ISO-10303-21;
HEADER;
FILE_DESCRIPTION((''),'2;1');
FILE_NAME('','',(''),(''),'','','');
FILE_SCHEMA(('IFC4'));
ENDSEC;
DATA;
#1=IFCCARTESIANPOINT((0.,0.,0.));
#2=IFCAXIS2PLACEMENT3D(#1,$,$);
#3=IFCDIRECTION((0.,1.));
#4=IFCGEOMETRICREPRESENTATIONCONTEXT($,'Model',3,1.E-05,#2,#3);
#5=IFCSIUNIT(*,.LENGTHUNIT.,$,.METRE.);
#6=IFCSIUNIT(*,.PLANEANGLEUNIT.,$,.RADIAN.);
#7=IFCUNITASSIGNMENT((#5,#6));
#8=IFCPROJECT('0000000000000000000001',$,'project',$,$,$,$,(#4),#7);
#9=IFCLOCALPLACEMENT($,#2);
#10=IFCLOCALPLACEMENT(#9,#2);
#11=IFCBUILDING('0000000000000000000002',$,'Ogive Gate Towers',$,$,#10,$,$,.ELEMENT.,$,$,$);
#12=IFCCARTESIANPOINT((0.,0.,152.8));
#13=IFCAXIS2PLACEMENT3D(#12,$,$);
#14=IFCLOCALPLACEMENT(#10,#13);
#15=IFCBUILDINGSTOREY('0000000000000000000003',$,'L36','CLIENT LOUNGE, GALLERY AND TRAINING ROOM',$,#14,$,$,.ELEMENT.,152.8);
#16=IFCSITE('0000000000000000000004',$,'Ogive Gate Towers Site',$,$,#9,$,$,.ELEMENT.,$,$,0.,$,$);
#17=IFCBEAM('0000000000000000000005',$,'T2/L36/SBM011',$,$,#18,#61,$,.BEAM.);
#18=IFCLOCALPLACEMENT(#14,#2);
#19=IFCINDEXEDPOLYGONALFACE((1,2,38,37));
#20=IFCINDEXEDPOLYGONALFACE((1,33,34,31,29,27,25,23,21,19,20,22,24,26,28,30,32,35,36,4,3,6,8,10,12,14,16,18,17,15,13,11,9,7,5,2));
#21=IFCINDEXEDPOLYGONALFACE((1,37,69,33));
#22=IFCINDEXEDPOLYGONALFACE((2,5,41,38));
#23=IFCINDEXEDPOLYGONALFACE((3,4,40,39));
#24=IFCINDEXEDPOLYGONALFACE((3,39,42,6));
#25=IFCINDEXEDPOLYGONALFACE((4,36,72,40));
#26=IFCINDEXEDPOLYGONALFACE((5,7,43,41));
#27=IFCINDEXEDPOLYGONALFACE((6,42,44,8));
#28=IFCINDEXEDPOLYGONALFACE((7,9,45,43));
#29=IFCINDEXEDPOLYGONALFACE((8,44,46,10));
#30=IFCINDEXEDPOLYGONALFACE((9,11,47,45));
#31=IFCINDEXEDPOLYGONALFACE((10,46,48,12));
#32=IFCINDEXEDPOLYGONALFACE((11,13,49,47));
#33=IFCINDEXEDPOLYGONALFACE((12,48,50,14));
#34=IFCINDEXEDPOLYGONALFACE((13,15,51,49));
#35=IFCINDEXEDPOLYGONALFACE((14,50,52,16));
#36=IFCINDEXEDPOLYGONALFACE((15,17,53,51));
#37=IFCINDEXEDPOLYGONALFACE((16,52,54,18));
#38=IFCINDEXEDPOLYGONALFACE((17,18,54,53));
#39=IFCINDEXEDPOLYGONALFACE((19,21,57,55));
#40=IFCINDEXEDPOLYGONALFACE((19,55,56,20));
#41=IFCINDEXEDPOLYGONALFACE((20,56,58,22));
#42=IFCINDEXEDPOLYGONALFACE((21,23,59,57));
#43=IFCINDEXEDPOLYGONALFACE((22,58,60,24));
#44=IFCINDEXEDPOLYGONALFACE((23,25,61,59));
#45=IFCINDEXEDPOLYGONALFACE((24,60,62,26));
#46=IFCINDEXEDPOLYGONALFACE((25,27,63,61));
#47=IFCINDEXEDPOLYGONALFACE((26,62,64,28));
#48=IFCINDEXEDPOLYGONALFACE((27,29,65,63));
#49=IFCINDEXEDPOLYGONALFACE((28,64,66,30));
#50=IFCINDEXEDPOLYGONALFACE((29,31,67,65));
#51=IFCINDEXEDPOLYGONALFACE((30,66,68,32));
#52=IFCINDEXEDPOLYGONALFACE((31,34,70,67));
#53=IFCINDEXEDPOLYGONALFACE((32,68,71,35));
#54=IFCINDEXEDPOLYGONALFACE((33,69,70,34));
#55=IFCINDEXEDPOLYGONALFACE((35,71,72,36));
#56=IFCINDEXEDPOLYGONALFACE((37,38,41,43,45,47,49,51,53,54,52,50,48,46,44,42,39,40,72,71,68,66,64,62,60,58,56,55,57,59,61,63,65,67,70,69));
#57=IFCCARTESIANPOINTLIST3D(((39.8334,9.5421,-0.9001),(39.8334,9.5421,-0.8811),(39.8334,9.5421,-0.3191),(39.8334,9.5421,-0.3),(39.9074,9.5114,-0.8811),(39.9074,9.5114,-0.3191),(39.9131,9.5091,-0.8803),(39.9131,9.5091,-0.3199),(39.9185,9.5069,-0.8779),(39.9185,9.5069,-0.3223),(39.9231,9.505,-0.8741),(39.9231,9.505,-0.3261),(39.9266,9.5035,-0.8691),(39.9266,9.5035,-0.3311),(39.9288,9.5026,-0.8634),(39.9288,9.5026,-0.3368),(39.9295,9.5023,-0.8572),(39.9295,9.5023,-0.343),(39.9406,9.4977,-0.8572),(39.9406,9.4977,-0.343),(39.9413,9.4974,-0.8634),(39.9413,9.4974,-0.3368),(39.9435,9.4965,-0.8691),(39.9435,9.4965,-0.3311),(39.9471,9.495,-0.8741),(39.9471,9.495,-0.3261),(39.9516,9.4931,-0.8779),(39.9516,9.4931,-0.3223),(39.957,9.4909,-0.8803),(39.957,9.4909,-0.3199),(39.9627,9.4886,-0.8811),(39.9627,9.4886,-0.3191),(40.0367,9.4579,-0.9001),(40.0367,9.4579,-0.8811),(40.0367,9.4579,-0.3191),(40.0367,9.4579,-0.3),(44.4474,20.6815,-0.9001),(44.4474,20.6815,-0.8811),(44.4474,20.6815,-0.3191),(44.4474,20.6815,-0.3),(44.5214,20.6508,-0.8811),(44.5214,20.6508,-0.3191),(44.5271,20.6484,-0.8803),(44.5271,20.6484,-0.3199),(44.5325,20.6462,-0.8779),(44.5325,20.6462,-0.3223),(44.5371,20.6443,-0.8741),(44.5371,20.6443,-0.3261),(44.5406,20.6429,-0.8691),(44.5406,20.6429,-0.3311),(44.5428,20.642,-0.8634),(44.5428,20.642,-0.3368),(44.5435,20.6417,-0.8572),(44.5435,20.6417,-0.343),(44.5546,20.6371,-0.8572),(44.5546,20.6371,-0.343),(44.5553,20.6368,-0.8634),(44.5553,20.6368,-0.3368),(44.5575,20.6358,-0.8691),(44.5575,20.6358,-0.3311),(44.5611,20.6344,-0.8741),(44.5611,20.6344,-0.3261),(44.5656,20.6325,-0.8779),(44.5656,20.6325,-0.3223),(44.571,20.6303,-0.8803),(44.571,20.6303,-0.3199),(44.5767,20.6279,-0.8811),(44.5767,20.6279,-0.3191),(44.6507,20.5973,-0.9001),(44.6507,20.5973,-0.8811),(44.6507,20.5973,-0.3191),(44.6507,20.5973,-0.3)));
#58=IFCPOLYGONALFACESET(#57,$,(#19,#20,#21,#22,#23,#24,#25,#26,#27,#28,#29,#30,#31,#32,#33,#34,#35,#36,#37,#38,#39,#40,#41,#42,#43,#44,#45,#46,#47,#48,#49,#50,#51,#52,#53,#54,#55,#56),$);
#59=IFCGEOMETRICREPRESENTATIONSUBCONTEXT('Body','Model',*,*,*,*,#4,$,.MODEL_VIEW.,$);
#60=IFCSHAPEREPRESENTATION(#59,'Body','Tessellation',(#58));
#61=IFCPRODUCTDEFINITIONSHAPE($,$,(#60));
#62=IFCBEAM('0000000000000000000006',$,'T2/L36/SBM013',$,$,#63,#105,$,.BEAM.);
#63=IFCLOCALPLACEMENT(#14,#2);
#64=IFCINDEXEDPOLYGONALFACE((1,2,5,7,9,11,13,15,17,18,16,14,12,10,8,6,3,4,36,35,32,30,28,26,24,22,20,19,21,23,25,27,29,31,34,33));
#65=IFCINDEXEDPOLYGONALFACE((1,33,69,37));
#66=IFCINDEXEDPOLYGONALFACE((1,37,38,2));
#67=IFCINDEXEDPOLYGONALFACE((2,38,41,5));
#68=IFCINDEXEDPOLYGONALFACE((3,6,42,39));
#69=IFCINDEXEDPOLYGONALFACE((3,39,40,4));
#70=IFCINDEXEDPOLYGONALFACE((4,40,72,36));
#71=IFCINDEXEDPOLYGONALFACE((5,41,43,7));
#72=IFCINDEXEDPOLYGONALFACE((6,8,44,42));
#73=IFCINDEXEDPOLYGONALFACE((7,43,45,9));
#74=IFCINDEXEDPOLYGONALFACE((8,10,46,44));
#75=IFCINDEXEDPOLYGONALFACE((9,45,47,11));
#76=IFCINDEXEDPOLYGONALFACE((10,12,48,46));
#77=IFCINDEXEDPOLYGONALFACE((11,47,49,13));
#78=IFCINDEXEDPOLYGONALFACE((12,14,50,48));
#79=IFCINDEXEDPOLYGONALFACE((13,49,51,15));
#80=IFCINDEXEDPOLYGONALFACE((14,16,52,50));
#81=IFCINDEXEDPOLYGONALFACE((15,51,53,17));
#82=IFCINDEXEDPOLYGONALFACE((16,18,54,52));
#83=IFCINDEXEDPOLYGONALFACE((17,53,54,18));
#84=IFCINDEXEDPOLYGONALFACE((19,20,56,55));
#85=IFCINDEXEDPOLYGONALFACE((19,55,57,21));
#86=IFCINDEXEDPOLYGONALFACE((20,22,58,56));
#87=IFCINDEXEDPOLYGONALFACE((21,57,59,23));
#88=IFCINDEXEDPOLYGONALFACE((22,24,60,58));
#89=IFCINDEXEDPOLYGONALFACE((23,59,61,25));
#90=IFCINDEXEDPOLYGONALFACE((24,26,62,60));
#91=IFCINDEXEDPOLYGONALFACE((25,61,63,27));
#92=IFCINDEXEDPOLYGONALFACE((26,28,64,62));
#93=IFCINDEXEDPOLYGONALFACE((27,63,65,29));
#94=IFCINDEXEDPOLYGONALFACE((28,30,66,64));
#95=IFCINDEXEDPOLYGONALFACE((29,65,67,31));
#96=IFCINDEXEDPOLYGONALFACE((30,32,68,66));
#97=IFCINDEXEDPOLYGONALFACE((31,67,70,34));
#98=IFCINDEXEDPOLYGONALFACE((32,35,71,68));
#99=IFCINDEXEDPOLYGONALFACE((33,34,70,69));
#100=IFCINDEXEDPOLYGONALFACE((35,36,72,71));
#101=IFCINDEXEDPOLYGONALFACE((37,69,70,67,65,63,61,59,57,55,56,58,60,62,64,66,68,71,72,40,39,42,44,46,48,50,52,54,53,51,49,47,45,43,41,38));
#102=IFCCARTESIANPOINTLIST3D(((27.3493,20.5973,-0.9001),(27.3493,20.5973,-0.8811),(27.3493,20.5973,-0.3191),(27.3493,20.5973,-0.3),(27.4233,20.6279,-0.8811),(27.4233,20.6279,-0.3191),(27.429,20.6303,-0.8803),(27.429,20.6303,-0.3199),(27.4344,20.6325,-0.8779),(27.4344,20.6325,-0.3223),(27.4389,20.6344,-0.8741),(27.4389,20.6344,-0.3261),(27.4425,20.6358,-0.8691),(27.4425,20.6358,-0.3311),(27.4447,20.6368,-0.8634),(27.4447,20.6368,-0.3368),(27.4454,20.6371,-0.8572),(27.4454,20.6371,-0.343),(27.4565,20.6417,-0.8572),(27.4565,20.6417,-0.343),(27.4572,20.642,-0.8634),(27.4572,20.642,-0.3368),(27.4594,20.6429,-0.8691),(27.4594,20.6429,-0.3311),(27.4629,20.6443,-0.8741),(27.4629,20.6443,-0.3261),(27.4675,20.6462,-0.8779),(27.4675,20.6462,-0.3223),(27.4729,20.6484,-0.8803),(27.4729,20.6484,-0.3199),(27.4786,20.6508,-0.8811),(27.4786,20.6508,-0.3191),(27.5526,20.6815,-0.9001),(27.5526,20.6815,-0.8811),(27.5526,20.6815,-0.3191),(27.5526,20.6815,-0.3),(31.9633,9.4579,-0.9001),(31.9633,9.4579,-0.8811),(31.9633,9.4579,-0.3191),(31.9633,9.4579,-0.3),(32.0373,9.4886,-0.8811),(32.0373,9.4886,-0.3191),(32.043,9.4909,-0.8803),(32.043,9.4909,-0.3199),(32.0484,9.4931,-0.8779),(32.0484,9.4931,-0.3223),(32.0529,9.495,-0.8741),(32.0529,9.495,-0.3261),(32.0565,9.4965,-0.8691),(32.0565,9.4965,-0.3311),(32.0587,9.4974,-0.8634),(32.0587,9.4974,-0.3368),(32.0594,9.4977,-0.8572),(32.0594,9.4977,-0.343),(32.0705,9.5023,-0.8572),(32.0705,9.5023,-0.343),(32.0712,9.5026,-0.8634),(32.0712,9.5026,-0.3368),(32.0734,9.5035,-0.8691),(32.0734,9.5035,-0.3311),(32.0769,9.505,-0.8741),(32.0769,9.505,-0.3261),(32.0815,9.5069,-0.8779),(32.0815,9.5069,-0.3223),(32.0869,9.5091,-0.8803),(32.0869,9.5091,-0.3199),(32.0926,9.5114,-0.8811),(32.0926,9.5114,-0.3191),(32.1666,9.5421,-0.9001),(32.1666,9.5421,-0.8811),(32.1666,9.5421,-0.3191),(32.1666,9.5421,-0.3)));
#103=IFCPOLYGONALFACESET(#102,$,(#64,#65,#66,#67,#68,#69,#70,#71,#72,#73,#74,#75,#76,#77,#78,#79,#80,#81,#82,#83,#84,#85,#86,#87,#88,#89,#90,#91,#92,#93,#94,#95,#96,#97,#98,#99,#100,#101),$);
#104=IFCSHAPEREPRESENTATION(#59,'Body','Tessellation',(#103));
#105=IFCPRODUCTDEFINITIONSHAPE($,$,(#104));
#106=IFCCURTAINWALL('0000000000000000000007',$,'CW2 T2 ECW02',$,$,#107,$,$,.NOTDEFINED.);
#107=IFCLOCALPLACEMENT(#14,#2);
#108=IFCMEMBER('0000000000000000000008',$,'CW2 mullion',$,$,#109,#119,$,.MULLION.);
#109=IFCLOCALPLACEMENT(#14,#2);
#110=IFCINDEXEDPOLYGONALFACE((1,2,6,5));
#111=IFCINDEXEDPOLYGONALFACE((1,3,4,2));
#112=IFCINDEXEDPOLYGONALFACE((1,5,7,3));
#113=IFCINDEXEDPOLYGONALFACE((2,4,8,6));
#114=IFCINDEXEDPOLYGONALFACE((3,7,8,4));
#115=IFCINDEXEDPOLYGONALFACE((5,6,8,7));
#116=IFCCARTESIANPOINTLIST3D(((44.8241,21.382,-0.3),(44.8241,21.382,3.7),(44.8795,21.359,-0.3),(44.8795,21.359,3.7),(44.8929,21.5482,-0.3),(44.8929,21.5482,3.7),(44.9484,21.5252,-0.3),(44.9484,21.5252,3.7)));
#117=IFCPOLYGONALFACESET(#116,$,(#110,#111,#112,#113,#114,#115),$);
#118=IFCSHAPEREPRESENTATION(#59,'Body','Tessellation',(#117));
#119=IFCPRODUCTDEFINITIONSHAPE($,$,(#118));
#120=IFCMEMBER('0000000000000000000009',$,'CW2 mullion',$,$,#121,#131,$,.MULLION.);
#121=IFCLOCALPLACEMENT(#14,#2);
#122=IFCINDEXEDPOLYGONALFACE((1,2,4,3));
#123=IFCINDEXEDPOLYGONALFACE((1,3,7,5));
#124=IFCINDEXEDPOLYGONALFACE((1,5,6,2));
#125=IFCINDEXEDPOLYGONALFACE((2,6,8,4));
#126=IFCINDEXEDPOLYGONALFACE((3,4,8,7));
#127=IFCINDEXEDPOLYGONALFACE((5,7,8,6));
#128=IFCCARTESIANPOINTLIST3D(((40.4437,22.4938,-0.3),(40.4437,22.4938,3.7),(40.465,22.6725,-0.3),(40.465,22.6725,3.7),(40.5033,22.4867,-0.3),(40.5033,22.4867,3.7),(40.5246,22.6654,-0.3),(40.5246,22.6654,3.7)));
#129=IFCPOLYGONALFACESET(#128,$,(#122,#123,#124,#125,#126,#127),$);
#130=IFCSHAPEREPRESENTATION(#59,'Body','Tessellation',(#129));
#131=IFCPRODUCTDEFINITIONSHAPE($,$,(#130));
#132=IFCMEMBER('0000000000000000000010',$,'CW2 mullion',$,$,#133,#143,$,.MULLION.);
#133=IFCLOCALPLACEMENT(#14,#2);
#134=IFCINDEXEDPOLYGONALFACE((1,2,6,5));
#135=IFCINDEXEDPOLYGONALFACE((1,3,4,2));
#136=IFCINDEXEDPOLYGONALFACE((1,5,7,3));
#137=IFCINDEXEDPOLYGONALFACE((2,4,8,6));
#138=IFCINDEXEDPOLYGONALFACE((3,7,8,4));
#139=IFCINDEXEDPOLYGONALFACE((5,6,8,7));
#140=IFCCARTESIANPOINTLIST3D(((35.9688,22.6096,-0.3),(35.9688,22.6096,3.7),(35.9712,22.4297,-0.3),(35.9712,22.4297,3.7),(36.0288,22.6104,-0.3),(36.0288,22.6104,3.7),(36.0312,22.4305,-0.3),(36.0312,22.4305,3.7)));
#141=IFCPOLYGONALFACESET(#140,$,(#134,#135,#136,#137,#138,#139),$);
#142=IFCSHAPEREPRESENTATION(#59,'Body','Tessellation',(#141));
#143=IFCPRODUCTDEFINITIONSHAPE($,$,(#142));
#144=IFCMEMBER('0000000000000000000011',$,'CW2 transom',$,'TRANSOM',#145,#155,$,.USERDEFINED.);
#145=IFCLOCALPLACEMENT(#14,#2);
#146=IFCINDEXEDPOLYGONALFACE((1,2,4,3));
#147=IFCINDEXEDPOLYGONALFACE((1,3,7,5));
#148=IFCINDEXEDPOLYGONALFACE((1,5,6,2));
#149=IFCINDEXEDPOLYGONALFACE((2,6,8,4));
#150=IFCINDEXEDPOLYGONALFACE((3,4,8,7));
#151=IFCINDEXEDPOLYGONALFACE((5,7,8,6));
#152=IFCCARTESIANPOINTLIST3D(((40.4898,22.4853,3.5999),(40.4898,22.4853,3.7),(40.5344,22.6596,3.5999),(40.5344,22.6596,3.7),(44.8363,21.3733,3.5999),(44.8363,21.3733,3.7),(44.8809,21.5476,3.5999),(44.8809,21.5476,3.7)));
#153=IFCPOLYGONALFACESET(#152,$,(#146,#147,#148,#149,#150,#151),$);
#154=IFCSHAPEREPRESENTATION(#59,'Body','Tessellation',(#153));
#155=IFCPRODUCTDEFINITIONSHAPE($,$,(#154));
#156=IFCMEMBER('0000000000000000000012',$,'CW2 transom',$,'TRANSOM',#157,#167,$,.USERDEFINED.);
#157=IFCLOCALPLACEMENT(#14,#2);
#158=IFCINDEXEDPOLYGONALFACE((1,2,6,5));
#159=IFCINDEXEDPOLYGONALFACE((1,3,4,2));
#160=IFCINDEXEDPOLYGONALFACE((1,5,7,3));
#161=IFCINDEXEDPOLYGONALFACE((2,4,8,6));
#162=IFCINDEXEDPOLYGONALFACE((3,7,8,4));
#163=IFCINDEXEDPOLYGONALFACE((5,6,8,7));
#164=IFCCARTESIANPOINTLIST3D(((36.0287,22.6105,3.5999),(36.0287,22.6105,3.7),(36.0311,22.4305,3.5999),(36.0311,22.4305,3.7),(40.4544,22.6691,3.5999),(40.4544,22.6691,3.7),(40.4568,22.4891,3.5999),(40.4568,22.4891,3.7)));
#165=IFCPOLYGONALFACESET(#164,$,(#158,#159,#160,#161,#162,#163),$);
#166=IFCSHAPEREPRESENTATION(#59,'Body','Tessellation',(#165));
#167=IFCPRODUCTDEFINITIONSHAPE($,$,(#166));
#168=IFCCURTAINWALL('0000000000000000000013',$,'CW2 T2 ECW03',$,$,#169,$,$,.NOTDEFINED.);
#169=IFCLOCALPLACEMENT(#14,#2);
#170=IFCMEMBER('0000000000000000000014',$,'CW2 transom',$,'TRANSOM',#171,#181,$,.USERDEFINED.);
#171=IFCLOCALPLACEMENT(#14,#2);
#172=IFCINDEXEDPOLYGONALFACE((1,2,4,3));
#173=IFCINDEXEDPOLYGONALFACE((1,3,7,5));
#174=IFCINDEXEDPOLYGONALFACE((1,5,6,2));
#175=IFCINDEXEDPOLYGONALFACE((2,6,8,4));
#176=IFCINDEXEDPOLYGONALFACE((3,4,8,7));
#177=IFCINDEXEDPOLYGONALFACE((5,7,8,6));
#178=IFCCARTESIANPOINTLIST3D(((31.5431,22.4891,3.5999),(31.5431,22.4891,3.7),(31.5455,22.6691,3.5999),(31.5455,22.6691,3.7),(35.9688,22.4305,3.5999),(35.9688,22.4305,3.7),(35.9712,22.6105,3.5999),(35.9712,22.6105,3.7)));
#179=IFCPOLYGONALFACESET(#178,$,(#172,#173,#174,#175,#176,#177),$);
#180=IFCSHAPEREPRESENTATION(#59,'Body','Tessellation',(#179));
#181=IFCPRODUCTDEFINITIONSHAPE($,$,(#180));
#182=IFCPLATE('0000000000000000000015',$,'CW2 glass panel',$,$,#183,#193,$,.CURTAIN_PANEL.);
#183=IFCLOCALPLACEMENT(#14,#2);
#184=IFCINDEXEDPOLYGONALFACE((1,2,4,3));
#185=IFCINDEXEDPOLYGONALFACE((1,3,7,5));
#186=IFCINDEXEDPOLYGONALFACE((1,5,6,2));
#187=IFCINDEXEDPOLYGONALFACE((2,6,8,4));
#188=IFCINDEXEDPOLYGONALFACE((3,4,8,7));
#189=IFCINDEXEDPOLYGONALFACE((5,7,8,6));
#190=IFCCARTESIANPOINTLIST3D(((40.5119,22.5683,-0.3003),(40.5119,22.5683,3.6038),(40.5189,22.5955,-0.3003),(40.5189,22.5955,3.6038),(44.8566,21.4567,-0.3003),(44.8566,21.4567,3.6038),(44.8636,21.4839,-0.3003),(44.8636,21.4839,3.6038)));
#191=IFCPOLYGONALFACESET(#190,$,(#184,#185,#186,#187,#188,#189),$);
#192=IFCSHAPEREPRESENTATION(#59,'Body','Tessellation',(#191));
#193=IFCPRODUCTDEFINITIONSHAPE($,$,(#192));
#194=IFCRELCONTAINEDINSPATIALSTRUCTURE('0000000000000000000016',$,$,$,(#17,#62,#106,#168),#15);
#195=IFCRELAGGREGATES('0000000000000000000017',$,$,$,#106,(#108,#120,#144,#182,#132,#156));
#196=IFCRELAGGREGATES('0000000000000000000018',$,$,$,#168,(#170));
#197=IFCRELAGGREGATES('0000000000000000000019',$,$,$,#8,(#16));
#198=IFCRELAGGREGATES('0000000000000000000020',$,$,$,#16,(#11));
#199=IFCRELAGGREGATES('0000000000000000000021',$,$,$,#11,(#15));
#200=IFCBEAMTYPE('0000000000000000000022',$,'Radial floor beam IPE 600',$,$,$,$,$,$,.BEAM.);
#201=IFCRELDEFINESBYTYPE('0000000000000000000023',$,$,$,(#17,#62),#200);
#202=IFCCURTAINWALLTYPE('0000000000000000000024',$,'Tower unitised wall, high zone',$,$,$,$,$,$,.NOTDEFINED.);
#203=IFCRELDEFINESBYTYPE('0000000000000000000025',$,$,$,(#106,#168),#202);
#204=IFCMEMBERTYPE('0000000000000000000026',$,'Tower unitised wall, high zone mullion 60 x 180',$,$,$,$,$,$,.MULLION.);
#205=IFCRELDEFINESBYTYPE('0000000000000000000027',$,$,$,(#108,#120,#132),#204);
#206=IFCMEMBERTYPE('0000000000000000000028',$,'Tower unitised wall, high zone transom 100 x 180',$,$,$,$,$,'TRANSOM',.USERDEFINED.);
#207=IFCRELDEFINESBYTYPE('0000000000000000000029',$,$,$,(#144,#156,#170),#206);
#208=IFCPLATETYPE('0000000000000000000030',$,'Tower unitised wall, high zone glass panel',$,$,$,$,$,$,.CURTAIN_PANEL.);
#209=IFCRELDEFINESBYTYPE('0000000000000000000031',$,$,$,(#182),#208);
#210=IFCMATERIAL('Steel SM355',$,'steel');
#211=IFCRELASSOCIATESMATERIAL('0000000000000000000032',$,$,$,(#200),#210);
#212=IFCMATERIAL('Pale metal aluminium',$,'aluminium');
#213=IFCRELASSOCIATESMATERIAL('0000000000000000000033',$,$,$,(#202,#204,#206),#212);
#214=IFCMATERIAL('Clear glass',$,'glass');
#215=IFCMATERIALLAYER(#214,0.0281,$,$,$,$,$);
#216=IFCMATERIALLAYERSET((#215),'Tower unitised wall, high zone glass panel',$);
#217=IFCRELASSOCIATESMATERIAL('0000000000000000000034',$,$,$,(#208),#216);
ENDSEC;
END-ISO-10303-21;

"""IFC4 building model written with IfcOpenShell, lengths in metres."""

from ifc_helpers import new_model, si_unit, direction, frame, origin, origin_2d, place, context, subcontext, project, spatial, rectangle, i_section, extrude, material, layer, layer_set, material_profile, profile_set, type_object, element, aggregate, save


model = new_model("IFC4")

# Units and contexts
model_context = context("Model", 3, precision=1e-05, world=origin(), true_north=direction((0.0, 1.0)))
body_context = subcontext(model_context, "Body", "Model", "MODEL_VIEW")
ifc_project = project(units=[si_unit("LENGTHUNIT", "METRE"), si_unit("PLANEANGLEUNIT", "RADIAN")], contexts=[model_context])

# Site, building, storey
site_placement = place(None, origin())
site = spatial("IfcSite", under=ifc_project, at=site_placement, Name="Ogive Gate Towers Site", CompositionType="ELEMENT", RefElevation=0.0)
building_placement = place(site_placement, origin())
building = spatial("IfcBuilding", under=site, at=building_placement, Name="Ogive Gate Towers", CompositionType="ELEMENT")
storey_placement = place(building_placement, frame((0.0, 0.0, 152.8)))
storey = spatial("IfcBuildingStorey", under=building, at=storey_placement, Name="L36", Description="CLIENT LOUNGE, GALLERY AND TRAINING ROOM", CompositionType="ELEMENT", Elevation=152.8)

# Beams
ifc_material_1 = material(Name="Steel SM355", Category="steel")
ifc_material_profile_1 = material_profile(ifc_material_1, i_section(OverallWidth=0.22, OverallDepth=0.6001, WebThickness=0.012, FlangeThickness=0.019, FilletRadius=0.0239, at=origin_2d()), Name="IPE 600")
ifc_profile_set_1 = profile_set([ifc_material_profile_1], Name="Steel SM355")
beam_type_1 = type_object("IfcBeamType", Name="Radial floor beam IPE 600", PredefinedType="BEAM", material=ifc_profile_set_1)
for number, where, z_axis, x_axis, name in (
    (1, (39.9351, 9.5, -0.6001), (0.382678, 0.923882, 0.0), (-0.923882, 0.382678, 0.0), "T2/L36/SBM011"),
    (2, (32.0649, 9.5, -0.6001), (-0.382678, 0.923882, 0.0), (-0.923882, -0.382678, 0.0), "T2/L36/SBM013"),
):
    element("IfcBeam", number, at=place(storey_placement, frame(where, z_axis=z_axis, x_axis=x_axis)), inside=storey, type_object=beam_type_1, Name=name, PredefinedType="BEAM", context=body_context, shape_type="SweptSolid", body=[
        extrude(i_section(OverallWidth=0.22, OverallDepth=0.6001, WebThickness=0.012, FlangeThickness=0.019, FilletRadius=0.0239, at=origin_2d()), origin(), (0.0, 0.0, 1.0), 12.0571),
    ])

# Curtain wall, members
ifc_material_2 = material(Name="Pale metal aluminium", Category="aluminium")
curtain_wall_type = type_object("IfcCurtainWallType", Name="Tower unitised wall, high zone", PredefinedType="NOTDEFINED", material=ifc_material_2)
curtain_wall_1_placement = place(storey_placement, origin())
curtain_wall_1 = element("IfcCurtainWall", 3, at=curtain_wall_1_placement, inside=storey, type_object=curtain_wall_type, Name="CW2 T2 ECW02", PredefinedType="NOTDEFINED")
ifc_material_profile_2 = material_profile(ifc_material_2, rectangle(XDim=0.1799, YDim=0.0601, at=origin_2d()), Name="60 x 180 aluminium box")
ifc_profile_set_2 = profile_set([ifc_material_profile_2], Name="Pale metal aluminium")
member_type_1 = type_object("IfcMemberType", Name="Tower unitised wall, high zone mullion 60 x 180", PredefinedType="MULLION", material=ifc_profile_set_2)
member_1_placement = place(storey_placement, frame((44.8862, 21.4536, -0.3), z_axis=(0.0, 0.0, 1.0), x_axis=(0.382683, 0.92388, 0.0)))
member_1 = element("IfcMember", 4, at=member_1_placement, type_object=member_type_1, Name="CW2 mullion", PredefinedType="MULLION", context=body_context, shape_type="SweptSolid", body=[
    extrude(rectangle(XDim=0.1799, YDim=0.0601, at=origin_2d()), origin(), (0.0, 0.0, 1.0), 4.0),
])
member_2_placement = place(storey_placement, frame((40.4841, 22.5796, -0.3), z_axis=(0.0, 0.0, 1.0), x_axis=(0.118317, 0.992976, 0.0)))
member_2 = element("IfcMember", 5, at=member_2_placement, type_object=member_type_1, Name="CW2 mullion", PredefinedType="MULLION", context=body_context, shape_type="SweptSolid", body=[
    extrude(rectangle(XDim=0.1799, YDim=0.0601, at=origin_2d()), origin(), (0.0, 0.0, 1.0), 4.0),
])
member_3_placement = place(storey_placement, frame((36.0, 22.52, -0.3), z_axis=(0.0, 0.0, 1.0), x_axis=(-0.013282, 0.999912, 0.0)))
member_3 = element("IfcMember", 6, at=member_3_placement, type_object=member_type_1, Name="CW2 mullion", PredefinedType="MULLION", context=body_context, shape_type="SweptSolid", body=[
    extrude(rectangle(XDim=0.1799, YDim=0.0601, at=origin_2d()), origin(), (0.0, 0.0, 1.0), 4.0),
])
ifc_material_profile_3 = material_profile(ifc_material_2, rectangle(XDim=0.1799, YDim=0.1001, at=origin_2d()), Name="100 x 180 aluminium box")
ifc_profile_set_3 = profile_set([ifc_material_profile_3], Name="Pale metal aluminium")
member_type_2 = type_object("IfcMemberType", Name="Tower unitised wall, high zone transom 100 x 180", ElementType="TRANSOM", PredefinedType="USERDEFINED", material=ifc_profile_set_3)
member_4_placement = place(storey_placement, frame((44.8586, 21.4604, 3.6499), z_axis=(-0.968796, 0.247858, 0.0), x_axis=(-0.247858, -0.968796, 0.0)))
member_4 = element("IfcMember", 7, at=member_4_placement, type_object=member_type_2, Name="CW2 transom", ObjectType="TRANSOM", PredefinedType="USERDEFINED", context=body_context, shape_type="SweptSolid", body=[
    extrude(rectangle(XDim=0.1799, YDim=0.1001, at=origin_2d()), origin(), (0.0, 0.0, 1.0), 4.4866),
])
member_5_placement = place(storey_placement, frame((40.4556, 22.5791, 3.6499), z_axis=(-0.999912, -0.013239, 0.0), x_axis=(0.013239, -0.999912, 0.0)))
member_5 = element("IfcMember", 8, at=member_5_placement, type_object=member_type_2, Name="CW2 transom", ObjectType="TRANSOM", PredefinedType="USERDEFINED", context=body_context, shape_type="SweptSolid", body=[
    extrude(rectangle(XDim=0.1799, YDim=0.1001, at=origin_2d()), origin(), (0.0, 0.0, 1.0), 4.426),
])

# Curtain wall, member
curtain_wall_2_placement = place(storey_placement, origin())
curtain_wall_2 = element("IfcCurtainWall", 9, at=curtain_wall_2_placement, inside=storey, type_object=curtain_wall_type, Name="CW2 T2 ECW03", PredefinedType="NOTDEFINED")
member_6_placement = place(storey_placement, frame((35.97, 22.5205, 3.6499), z_axis=(-0.999912, 0.013239, 0.0), x_axis=(-0.013239, -0.999912, 0.0)))
member_6 = element("IfcMember", 10, at=member_6_placement, type_object=member_type_2, Name="CW2 transom", ObjectType="TRANSOM", PredefinedType="USERDEFINED", context=body_context, shape_type="SweptSolid", body=[
    extrude(rectangle(XDim=0.1799, YDim=0.1001, at=origin_2d()), origin(), (0.0, 0.0, 1.0), 4.426),
])

# Plate
ifc_material_3 = material(Name="Clear glass", Category="glass")
ifc_layer_1 = layer(ifc_material_3, 0.0281)
ifc_layer_set_1 = layer_set([ifc_layer_1], Name="Tower unitised wall, high zone glass panel")
plate_type = type_object("IfcPlateType", Name="Tower unitised wall, high zone glass panel", PredefinedType="CURTAIN_PANEL", material=ifc_layer_set_1)
plate_1_placement = place(storey_placement, frame((42.6877, 22.0261, -0.3003), z_axis=(0.0, 0.0, 1.0), x_axis=(-0.968795, 0.247861, 0.0)))
plate_1 = element("IfcPlate", 11, at=plate_1_placement, type_object=plate_type, Name="CW2 glass panel", PredefinedType="CURTAIN_PANEL", context=body_context, shape_type="SweptSolid", body=[
    extrude(rectangle(XDim=4.4846, YDim=0.0281, at=origin_2d()), origin(), (0.0, 0.0, 1.0), 3.9041),
])
aggregate(curtain_wall_1, [member_1, member_2, member_4, plate_1, member_3, member_5])
aggregate(curtain_wall_2, [member_6])

save(model, "model.ifc")
